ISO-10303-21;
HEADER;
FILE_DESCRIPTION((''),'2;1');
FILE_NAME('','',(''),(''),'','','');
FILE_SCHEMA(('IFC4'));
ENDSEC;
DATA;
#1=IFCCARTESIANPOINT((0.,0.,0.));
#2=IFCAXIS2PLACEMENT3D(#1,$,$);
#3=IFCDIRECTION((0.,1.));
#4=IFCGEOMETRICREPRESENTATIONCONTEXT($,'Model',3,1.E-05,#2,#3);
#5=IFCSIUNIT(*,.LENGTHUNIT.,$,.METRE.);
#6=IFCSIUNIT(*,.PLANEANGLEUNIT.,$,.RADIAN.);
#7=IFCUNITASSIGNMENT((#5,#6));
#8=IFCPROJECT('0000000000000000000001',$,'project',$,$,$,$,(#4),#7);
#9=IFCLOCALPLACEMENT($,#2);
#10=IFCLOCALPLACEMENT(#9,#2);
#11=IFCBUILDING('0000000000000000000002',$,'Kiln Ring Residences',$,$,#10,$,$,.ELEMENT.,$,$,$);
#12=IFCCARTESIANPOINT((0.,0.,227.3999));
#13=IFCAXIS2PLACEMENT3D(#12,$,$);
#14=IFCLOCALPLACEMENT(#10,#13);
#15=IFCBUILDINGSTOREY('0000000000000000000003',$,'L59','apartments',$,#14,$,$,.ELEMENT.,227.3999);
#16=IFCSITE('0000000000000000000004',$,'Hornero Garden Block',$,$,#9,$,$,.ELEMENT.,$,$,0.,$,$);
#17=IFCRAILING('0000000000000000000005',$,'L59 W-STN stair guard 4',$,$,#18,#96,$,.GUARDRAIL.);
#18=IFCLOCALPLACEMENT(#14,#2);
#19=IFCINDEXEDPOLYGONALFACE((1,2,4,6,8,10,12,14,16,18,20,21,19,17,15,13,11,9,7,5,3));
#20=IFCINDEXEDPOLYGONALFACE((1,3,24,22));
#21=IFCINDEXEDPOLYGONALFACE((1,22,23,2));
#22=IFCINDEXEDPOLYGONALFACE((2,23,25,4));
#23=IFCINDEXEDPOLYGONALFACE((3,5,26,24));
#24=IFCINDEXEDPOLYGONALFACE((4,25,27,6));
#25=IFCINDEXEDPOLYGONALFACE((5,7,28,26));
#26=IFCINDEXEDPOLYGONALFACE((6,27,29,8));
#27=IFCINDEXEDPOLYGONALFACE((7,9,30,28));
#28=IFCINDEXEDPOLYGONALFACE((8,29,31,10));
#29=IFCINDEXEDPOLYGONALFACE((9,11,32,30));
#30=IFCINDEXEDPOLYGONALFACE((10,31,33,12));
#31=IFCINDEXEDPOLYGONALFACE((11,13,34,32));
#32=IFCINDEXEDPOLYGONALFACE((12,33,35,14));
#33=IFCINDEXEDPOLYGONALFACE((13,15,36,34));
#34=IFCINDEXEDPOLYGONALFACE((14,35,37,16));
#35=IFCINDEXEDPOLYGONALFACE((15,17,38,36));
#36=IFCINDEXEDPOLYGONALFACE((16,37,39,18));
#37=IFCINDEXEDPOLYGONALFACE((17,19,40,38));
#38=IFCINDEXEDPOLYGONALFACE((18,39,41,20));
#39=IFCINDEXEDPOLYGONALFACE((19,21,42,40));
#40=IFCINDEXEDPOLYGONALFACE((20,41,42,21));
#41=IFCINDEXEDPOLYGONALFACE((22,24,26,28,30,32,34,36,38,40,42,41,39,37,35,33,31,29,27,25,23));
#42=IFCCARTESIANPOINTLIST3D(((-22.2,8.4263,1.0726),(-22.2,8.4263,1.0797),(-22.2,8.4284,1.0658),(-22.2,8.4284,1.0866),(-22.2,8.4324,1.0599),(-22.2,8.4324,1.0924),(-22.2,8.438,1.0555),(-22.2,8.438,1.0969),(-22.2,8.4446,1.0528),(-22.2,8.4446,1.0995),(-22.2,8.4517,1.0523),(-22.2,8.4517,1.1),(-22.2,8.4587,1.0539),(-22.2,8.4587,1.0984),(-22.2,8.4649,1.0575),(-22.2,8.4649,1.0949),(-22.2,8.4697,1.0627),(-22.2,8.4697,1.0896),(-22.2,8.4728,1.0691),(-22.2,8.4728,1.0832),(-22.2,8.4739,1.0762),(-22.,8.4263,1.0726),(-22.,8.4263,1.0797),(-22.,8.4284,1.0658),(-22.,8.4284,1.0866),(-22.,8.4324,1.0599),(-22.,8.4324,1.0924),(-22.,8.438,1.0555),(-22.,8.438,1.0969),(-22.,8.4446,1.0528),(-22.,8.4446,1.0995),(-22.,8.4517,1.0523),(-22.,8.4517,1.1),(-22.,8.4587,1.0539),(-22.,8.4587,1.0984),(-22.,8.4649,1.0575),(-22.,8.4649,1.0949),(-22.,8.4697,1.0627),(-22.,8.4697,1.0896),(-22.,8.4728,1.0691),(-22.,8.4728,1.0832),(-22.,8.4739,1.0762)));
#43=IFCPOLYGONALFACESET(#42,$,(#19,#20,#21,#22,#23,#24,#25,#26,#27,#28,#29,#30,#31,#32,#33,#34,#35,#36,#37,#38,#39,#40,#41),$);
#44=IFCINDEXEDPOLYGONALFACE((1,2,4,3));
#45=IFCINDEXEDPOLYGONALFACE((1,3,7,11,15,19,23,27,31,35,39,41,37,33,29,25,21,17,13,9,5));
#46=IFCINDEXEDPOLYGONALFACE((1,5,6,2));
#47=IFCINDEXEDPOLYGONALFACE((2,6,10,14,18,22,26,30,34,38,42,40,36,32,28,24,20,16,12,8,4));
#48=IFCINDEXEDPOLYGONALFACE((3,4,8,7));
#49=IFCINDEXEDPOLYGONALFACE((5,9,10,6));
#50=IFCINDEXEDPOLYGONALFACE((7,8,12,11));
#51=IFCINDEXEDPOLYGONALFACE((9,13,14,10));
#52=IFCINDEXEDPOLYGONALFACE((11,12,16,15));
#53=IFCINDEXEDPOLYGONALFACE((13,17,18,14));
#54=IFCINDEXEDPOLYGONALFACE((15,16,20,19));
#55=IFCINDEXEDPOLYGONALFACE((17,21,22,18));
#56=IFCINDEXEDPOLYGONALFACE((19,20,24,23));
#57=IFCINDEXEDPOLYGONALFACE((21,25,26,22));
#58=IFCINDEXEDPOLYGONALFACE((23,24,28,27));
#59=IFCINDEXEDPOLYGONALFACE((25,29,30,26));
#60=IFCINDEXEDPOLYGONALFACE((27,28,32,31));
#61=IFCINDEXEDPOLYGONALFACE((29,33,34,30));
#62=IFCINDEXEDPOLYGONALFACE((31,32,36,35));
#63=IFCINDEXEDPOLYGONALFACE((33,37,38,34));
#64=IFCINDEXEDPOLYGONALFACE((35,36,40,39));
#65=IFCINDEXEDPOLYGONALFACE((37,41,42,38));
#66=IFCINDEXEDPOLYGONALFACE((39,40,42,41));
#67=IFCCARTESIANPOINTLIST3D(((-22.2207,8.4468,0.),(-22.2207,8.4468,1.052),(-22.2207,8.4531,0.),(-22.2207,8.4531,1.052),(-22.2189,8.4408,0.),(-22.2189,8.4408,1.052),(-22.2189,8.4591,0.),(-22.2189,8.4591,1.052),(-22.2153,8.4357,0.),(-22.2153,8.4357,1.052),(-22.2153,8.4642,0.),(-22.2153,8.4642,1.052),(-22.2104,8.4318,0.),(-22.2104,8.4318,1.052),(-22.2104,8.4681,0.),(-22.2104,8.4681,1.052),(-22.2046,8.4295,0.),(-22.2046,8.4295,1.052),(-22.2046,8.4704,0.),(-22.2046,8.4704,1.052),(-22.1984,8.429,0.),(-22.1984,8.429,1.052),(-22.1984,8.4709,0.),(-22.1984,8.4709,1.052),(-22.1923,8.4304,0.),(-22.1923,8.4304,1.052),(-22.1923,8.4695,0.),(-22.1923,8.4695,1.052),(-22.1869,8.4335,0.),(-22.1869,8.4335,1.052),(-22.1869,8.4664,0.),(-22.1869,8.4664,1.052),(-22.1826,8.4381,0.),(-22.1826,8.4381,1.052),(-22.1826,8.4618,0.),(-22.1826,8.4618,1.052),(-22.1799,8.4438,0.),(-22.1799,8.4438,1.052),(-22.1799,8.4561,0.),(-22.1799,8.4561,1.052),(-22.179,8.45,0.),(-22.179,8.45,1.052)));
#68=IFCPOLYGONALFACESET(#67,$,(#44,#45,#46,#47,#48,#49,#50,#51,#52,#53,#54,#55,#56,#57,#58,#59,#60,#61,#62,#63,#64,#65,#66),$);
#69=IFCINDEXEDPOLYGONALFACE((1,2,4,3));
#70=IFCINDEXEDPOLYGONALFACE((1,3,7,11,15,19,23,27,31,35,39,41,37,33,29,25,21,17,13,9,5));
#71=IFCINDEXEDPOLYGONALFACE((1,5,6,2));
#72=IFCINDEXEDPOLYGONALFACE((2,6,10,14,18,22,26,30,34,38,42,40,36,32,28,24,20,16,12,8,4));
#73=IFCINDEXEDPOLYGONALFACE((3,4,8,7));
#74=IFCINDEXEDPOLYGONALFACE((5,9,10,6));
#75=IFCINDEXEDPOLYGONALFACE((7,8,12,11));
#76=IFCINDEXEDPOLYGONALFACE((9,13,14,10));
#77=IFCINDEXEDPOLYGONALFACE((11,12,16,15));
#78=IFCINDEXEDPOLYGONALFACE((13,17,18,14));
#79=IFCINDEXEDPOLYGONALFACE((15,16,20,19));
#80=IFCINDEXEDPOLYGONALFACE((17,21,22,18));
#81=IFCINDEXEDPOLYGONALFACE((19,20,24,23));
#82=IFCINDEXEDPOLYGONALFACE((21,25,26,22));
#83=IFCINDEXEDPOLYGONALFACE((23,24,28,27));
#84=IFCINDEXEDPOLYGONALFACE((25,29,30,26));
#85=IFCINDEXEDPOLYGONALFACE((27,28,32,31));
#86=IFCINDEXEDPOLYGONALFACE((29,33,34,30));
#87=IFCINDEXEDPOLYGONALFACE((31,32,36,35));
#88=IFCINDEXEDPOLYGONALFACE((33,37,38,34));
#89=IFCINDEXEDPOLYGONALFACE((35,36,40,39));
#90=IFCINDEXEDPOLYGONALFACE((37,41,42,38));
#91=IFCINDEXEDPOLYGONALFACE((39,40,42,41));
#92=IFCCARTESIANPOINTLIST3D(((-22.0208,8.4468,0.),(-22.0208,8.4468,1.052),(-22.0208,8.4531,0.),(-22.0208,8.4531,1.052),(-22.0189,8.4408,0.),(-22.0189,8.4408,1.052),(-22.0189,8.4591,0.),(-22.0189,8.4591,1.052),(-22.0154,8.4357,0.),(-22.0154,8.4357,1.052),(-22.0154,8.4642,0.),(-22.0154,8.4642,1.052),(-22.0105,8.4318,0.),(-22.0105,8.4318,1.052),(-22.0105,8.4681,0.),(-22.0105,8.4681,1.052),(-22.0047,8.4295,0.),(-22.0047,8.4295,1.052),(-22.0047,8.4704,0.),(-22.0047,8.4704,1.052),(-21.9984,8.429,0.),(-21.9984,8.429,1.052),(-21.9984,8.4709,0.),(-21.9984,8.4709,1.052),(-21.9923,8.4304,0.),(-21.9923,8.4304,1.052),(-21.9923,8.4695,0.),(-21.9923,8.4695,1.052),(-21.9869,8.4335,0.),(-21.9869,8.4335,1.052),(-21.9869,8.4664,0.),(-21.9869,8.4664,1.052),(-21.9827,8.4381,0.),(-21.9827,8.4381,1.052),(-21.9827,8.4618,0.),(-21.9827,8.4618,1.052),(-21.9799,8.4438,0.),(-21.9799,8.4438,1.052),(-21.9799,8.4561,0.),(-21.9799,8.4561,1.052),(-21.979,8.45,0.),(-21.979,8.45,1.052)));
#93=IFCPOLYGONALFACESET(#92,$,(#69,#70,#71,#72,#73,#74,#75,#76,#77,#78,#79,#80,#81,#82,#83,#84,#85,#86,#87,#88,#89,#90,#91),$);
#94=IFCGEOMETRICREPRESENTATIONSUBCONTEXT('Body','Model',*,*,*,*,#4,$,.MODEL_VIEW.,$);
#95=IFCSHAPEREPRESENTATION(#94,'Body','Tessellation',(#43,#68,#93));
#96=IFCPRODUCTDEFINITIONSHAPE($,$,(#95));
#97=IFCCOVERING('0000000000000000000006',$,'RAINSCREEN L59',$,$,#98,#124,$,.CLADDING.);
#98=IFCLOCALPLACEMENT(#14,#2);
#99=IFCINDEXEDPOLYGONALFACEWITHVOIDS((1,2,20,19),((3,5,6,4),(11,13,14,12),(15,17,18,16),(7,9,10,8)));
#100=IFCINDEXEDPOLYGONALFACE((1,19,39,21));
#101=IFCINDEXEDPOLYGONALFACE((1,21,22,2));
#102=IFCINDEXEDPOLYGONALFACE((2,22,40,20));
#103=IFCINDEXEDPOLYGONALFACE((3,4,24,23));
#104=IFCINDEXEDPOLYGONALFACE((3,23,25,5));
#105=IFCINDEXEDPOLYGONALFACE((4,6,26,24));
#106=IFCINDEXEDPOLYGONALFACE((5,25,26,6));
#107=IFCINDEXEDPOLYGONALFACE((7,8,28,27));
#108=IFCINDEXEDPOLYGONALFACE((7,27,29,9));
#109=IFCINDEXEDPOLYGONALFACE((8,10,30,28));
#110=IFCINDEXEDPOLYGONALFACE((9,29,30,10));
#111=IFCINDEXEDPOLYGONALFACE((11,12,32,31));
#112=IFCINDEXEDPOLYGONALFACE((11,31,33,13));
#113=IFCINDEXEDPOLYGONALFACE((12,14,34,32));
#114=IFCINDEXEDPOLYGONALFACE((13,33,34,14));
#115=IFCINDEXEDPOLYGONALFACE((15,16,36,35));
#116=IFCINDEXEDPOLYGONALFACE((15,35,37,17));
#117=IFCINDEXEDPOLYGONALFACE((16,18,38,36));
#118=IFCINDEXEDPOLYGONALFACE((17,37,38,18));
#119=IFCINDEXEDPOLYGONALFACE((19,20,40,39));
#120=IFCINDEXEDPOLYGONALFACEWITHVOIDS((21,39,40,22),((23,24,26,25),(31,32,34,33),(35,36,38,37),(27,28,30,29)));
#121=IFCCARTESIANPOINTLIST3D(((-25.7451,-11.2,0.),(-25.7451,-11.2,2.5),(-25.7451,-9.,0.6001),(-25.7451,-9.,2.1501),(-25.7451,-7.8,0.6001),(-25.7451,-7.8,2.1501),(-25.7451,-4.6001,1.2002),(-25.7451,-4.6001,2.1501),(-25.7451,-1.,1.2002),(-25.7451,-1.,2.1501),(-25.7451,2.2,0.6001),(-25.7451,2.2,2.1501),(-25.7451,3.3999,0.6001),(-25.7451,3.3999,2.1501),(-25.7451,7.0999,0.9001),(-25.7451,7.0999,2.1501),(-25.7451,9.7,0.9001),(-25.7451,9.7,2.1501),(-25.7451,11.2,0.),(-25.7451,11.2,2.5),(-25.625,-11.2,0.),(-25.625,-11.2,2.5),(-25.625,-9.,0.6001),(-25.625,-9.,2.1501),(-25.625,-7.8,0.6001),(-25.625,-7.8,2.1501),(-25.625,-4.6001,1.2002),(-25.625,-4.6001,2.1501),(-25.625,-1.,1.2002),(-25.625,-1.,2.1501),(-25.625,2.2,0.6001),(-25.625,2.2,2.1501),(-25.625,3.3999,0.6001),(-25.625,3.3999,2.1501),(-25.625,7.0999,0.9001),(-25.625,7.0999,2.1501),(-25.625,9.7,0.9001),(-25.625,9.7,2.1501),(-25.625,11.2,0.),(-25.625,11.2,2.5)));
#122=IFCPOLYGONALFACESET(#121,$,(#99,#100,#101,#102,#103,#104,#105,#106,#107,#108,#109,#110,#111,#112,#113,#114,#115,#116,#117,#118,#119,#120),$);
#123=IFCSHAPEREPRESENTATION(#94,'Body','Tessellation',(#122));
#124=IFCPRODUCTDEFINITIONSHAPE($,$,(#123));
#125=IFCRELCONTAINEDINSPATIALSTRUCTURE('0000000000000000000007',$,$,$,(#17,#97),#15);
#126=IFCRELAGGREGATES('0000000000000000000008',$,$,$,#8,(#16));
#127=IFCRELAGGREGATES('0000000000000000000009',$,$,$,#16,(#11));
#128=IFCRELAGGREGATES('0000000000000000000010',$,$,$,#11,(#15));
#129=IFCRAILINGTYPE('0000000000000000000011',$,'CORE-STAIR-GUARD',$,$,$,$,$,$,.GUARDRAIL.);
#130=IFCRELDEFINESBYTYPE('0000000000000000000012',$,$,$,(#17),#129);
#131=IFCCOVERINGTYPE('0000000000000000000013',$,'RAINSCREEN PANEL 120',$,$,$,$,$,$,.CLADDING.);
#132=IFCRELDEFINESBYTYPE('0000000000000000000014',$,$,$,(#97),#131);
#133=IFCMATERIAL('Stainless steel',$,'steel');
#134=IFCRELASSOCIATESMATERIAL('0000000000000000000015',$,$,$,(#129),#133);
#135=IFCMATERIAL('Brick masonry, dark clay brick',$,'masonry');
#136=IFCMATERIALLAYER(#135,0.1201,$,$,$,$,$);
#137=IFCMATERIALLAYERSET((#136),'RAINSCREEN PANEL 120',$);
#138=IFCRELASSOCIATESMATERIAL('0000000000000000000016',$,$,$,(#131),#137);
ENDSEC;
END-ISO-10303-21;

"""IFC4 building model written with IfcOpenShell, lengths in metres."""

from ifc_helpers import new_model, si_unit, direction, frame, origin, origin_2d, place, context, subcontext, project, spatial, polyline, circle, outline, extrude, material, layer, layer_set, type_object, element, save


model = new_model("IFC4")

# Units and contexts
model_context = context("Model", 3, precision=1e-05, world=origin(), true_north=direction((0.0, 1.0)))
body_context = subcontext(model_context, "Body", "Model", "MODEL_VIEW")
ifc_project = project(units=[si_unit("LENGTHUNIT", "METRE"), si_unit("PLANEANGLEUNIT", "RADIAN")], contexts=[model_context])

# Site, building, storey
site_placement = place(None, origin())
site = spatial("IfcSite", under=ifc_project, at=site_placement, Name="Hornero Garden Block", CompositionType="ELEMENT", RefElevation=0.0)
building_placement = place(site_placement, origin())
building = spatial("IfcBuilding", under=site, at=building_placement, Name="Kiln Ring Residences", CompositionType="ELEMENT")
storey_placement = place(building_placement, frame((0.0, 0.0, 227.3999)))
storey = spatial("IfcBuildingStorey", under=building, at=storey_placement, Name="L59", Description="apartments", CompositionType="ELEMENT", Elevation=227.3999)

# Railing
ifc_material_1 = material(Name="Stainless steel", Category="steel")
railing_type = type_object("IfcRailingType", Name="CORE-STAIR-GUARD", PredefinedType="GUARDRAIL", material=ifc_material_1)
railing_1_placement = place(storey_placement, frame((-22.2, 8.45, 0.0)))
element("IfcRailing", 1, at=railing_1_placement, inside=storey, type_object=railing_type, Name="L59 W-STN stair guard 4", PredefinedType="GUARDRAIL", context=body_context, shape_type="SweptSolid", body=[
    extrude(circle(Radius=0.0239, at=origin_2d()), frame((0.0, 0.0, 1.0762), z_axis=(1.0, 0.0, 0.0), x_axis=(0.0, 1.0, 0.0)), (0.0, 0.0, 1.0), 0.2),
    extrude(circle(Radius=0.021, at=origin_2d()), origin(), (0.0, 0.0, 1.0), 1.052),
    extrude(circle(Radius=0.021, at=origin_2d()), frame((0.2, 0.0, 0.0)), (0.0, 0.0, 1.0), 1.052),
])

# Covering
ifc_material_2 = material(Name="Brick masonry, dark clay brick", Category="masonry")
ifc_layer_1 = layer(ifc_material_2, 0.1201)
ifc_layer_set_1 = layer_set([ifc_layer_1], Name="RAINSCREEN PANEL 120")
covering_type = type_object("IfcCoveringType", Name="RAINSCREEN PANEL 120", PredefinedType="CLADDING", material=ifc_layer_set_1)
covering_placement = place(storey_placement, frame((-25.6851, 11.2, 0.0), z_axis=(0.0, 0.0, 1.0), x_axis=(0.0, -1.0, 0.0)))
element("IfcCovering", 2, at=covering_placement, inside=storey, type_object=covering_type, Name="RAINSCREEN L59", PredefinedType="CLADDING", context=body_context, shape_type="SweptSolid", body=[
    extrude(outline(polyline([(0.0, 0.0), (22.3999, 0.0), (22.3999, 2.5), (0.0, 2.5), (0.0, 0.0)]), holes=[polyline([(9.0, 0.6001), (9.0, 2.1501), (7.8, 2.1501), (7.8, 0.6001), (9.0, 0.6001)]), polyline([(20.2, 0.6001), (20.2, 2.1501), (19.0, 2.1501), (19.0, 0.6001), (20.2, 0.6001)]), polyline([(4.1001, 0.9001), (4.1001, 2.1501), (1.5, 2.1501), (1.5, 0.9001), (4.1001, 0.9001)]), polyline([(15.8, 1.2002), (15.8, 2.1501), (12.2, 2.1501), (12.2, 1.2002), (15.8, 1.2002)])]), frame((0.0, 0.0601, 0.0), z_axis=(0.0, -1.0, 0.0), x_axis=(1.0, 0.0, 0.0)), (0.0, 0.0, 1.0), 0.1201),
])

save(model, "model.ifc")
